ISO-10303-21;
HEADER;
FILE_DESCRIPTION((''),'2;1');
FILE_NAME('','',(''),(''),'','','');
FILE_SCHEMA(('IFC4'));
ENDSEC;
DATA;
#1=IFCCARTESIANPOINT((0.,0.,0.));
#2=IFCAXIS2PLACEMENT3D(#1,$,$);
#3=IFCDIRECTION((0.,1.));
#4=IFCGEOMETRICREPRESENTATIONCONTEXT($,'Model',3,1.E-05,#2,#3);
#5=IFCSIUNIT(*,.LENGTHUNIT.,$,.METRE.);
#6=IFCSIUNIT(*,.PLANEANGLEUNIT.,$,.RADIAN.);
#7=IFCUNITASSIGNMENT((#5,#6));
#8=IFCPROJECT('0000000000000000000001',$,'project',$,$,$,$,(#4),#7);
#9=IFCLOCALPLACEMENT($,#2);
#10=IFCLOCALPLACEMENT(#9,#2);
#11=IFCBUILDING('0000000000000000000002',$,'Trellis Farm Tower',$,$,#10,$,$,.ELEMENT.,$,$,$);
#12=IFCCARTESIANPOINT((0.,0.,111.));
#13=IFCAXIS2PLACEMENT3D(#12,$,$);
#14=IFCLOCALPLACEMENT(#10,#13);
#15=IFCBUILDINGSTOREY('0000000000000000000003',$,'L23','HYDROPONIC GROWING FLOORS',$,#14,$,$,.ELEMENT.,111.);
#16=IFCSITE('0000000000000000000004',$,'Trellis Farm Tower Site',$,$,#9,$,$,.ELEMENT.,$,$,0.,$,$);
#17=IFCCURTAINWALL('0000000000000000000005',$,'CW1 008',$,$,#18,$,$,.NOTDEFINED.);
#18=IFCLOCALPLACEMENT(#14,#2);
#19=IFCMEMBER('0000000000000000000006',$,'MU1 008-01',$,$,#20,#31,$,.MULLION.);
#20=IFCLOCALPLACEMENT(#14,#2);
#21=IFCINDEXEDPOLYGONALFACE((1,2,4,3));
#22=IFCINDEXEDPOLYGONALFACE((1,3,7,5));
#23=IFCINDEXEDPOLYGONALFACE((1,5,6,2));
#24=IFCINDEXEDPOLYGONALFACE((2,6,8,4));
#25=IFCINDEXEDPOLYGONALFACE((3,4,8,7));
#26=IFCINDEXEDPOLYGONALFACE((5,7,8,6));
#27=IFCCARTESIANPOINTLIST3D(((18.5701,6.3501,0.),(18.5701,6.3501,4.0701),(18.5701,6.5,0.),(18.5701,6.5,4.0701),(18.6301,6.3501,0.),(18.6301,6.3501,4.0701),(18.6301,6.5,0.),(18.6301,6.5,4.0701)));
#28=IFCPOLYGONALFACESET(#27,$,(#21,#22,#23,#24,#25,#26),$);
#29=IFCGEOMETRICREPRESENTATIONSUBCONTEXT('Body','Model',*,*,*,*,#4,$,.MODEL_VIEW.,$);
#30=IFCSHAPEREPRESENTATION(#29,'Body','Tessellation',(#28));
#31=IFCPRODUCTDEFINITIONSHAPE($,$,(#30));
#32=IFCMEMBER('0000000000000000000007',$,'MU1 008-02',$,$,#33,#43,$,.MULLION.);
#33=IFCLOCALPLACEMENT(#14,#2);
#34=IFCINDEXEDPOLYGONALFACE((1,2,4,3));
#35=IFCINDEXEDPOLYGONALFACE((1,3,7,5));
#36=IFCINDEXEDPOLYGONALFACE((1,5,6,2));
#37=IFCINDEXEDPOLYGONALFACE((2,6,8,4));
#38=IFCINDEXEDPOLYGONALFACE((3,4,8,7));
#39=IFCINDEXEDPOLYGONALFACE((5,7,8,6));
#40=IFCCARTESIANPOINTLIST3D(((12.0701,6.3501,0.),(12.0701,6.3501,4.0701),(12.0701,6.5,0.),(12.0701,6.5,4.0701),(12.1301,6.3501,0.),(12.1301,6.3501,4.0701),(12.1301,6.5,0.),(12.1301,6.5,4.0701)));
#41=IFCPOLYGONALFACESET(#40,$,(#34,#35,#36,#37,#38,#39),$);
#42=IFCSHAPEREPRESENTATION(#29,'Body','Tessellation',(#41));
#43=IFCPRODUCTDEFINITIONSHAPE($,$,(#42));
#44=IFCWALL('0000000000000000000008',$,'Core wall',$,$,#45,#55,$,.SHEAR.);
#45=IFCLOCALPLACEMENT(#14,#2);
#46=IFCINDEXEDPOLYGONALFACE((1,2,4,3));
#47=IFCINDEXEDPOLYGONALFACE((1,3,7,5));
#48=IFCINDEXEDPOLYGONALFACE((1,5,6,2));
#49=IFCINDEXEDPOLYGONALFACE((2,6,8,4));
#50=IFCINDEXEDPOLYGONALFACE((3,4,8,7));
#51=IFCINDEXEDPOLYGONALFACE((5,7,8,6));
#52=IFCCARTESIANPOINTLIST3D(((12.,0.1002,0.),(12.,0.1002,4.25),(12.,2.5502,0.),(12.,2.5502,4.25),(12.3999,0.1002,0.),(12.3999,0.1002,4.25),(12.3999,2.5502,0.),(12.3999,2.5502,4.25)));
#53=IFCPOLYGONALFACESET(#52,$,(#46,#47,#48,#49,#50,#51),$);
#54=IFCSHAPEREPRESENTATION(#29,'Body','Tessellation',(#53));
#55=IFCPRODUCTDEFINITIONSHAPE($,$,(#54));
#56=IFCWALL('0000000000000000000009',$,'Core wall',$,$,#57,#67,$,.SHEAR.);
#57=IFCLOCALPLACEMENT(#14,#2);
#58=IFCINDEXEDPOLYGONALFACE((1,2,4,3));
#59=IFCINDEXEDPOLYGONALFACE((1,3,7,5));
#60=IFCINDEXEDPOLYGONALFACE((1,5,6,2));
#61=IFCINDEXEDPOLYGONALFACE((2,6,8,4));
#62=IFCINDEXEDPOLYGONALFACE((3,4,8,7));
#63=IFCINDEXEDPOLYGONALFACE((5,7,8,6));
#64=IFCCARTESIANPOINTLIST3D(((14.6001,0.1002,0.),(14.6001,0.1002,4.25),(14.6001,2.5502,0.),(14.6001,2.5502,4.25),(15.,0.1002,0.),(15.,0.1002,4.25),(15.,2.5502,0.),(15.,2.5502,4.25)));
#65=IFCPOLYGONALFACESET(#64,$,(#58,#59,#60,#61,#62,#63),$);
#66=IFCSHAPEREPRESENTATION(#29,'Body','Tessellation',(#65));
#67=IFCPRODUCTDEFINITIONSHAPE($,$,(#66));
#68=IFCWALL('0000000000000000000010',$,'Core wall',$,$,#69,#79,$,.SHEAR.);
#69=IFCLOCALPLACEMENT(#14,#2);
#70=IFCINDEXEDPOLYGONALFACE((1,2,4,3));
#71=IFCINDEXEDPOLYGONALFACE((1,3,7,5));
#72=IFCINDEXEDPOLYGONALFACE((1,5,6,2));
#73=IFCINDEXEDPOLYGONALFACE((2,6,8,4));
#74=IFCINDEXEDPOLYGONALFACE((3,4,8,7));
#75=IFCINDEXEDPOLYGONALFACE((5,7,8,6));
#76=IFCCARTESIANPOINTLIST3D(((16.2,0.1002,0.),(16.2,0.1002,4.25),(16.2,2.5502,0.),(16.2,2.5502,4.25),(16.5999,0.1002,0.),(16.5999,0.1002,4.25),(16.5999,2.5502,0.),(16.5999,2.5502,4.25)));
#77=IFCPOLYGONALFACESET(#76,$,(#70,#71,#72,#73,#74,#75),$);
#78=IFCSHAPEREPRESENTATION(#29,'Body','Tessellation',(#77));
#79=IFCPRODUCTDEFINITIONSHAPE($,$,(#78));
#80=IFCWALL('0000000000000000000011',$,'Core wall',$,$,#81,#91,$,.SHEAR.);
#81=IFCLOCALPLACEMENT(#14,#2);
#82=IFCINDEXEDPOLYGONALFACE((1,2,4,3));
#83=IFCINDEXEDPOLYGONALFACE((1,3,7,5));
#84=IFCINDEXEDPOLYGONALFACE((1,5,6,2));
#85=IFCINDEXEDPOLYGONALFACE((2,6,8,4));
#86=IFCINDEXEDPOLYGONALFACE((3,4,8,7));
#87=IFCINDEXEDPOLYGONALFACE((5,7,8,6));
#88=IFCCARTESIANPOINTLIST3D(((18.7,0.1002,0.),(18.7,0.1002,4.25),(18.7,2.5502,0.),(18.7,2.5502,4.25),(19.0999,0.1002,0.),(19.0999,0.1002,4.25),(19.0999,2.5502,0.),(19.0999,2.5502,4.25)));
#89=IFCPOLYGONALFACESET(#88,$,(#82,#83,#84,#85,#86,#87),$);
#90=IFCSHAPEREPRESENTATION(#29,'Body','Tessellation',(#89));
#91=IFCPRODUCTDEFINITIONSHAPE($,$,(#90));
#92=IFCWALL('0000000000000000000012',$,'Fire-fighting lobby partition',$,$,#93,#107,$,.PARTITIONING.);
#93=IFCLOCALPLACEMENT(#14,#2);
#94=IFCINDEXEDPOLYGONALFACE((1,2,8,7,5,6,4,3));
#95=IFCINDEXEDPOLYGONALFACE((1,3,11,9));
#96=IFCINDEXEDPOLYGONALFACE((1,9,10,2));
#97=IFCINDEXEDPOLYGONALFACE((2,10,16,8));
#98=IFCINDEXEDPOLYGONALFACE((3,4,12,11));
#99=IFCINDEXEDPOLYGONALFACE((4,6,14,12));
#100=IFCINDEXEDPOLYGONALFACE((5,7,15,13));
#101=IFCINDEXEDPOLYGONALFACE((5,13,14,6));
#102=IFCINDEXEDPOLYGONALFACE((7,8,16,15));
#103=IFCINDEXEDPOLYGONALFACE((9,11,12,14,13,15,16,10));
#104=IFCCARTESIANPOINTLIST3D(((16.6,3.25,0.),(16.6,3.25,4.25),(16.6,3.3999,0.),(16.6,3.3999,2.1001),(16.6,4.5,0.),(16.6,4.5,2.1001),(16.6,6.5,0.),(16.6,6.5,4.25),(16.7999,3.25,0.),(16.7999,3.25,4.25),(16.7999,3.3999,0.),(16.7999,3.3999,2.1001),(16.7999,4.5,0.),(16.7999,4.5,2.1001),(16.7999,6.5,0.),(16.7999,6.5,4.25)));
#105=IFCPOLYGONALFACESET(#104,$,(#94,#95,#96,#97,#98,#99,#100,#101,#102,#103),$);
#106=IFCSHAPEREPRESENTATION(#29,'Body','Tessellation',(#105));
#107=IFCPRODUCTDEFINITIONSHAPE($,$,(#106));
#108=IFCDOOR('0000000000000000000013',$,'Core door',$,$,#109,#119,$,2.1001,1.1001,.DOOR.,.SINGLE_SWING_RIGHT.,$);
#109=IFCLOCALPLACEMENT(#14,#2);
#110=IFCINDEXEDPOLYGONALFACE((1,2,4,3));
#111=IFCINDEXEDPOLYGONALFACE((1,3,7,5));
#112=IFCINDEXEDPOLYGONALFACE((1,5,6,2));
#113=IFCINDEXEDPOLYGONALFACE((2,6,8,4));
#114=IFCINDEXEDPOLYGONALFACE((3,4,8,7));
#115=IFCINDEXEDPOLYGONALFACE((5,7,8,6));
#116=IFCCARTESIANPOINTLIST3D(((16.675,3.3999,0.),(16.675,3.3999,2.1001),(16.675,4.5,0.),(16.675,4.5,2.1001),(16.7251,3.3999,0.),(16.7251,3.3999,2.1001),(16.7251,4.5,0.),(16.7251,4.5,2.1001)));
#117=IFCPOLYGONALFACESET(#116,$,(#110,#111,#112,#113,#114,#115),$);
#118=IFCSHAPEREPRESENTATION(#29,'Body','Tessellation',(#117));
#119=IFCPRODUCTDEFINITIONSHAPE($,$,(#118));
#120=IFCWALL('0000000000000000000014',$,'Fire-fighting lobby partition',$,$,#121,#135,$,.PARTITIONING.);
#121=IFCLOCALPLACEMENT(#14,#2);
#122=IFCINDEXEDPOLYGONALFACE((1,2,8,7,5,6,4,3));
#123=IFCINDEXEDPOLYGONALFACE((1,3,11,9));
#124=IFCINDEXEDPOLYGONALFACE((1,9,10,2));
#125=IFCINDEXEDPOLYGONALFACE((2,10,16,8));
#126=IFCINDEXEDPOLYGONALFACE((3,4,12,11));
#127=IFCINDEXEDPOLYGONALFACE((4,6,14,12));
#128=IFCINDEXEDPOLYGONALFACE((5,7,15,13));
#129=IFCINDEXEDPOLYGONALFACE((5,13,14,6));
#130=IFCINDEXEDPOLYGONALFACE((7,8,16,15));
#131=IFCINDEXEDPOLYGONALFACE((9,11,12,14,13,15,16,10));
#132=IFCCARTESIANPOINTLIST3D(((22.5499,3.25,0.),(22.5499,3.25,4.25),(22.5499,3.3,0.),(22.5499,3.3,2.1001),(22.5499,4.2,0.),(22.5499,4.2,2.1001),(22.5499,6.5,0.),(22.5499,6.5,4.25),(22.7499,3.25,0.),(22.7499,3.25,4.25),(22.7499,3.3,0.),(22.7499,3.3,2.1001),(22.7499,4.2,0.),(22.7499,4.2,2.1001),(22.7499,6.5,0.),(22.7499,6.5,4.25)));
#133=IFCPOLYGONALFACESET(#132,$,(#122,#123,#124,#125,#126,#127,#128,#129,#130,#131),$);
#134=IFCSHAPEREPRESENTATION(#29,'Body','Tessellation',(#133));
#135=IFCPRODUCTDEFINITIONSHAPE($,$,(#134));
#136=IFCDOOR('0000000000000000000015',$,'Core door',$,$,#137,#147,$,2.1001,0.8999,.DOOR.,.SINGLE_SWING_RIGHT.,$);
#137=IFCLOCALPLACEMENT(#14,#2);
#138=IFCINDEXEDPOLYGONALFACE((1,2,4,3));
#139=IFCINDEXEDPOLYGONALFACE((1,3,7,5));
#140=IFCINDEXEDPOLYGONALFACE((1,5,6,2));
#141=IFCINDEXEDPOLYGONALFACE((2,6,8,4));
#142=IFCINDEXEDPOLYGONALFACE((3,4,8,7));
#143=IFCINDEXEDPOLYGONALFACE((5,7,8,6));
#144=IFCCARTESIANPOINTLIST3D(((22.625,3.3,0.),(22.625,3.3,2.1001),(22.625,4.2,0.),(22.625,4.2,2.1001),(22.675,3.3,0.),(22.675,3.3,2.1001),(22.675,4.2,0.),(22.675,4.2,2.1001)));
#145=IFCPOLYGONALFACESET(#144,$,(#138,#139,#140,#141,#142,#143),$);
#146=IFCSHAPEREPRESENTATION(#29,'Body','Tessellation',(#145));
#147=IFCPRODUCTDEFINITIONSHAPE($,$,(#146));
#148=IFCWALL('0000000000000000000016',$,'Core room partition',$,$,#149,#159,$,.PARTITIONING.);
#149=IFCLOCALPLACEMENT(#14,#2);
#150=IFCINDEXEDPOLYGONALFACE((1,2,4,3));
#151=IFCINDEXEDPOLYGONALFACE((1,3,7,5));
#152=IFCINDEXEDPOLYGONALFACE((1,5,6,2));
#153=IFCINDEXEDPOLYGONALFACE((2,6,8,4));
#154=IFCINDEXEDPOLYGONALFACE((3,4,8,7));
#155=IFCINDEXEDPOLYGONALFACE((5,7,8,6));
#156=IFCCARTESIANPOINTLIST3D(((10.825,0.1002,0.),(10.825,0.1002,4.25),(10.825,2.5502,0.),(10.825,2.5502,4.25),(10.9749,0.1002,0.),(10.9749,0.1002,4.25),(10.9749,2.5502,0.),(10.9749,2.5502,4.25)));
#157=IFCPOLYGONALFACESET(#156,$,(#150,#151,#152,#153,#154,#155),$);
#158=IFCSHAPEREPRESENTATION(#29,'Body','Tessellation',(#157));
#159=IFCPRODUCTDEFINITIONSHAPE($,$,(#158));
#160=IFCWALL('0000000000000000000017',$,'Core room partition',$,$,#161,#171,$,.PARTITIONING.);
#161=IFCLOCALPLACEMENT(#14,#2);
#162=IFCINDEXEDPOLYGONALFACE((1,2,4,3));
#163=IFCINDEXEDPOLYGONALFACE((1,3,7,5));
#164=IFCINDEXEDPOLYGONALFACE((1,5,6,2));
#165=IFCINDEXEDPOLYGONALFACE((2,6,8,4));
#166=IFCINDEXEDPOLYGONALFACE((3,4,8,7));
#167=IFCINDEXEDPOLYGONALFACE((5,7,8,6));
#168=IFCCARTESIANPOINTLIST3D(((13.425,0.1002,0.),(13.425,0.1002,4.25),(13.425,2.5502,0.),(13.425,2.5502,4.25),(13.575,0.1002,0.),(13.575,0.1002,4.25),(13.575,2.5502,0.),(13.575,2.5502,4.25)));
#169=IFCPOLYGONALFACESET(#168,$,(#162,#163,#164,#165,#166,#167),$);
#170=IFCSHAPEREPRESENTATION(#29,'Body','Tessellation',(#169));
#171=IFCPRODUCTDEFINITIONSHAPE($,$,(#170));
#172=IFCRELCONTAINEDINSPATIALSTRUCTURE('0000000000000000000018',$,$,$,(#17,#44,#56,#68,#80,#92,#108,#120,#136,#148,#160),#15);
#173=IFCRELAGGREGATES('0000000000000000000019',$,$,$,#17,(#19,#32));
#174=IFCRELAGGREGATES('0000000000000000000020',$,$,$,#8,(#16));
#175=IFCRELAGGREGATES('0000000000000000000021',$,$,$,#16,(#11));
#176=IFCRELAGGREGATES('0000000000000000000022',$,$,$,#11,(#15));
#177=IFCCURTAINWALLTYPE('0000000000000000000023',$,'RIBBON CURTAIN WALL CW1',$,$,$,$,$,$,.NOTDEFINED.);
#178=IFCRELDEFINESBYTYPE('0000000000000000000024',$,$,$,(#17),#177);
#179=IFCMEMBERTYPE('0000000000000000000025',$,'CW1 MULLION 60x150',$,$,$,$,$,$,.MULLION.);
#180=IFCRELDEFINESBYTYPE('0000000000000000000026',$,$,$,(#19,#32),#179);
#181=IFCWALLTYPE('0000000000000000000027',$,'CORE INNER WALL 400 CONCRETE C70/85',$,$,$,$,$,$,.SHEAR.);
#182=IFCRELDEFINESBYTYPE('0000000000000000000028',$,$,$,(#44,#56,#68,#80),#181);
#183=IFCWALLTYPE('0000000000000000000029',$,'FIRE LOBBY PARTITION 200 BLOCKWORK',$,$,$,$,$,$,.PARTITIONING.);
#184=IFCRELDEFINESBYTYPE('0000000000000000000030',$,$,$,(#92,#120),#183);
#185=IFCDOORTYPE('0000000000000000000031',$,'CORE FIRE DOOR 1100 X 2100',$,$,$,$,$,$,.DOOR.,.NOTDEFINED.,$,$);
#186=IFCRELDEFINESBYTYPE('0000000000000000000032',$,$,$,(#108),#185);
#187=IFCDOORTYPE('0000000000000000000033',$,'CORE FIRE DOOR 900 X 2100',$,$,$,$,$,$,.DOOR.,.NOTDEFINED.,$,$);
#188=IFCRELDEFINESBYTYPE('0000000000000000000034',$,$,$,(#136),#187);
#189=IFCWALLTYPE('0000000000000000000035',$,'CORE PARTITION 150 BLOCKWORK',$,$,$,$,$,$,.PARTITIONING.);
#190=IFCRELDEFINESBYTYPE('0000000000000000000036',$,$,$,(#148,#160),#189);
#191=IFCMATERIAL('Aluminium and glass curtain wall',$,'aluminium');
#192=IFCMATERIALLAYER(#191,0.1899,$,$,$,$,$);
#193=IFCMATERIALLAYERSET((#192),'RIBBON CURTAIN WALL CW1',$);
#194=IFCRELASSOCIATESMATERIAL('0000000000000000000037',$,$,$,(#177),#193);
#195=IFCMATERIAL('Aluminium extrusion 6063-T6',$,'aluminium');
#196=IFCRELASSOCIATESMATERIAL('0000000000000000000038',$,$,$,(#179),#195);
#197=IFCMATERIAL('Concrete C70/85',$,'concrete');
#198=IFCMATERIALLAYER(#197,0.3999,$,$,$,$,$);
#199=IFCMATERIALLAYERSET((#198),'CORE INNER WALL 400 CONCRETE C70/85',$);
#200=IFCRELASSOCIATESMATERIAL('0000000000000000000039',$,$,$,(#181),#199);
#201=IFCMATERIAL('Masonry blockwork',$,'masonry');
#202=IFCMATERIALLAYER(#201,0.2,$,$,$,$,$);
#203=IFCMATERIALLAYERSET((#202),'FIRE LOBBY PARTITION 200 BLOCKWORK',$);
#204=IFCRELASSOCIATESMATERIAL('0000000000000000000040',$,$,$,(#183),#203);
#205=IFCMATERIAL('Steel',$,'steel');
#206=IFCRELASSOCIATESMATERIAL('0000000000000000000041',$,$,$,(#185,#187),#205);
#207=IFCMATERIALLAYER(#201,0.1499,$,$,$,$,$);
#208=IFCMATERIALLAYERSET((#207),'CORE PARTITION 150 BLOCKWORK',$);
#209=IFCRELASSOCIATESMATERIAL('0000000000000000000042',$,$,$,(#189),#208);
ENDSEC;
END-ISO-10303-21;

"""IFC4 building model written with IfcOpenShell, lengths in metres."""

from ifc_helpers import new_model, si_unit, direction, frame, frame_2d, origin, origin_2d, place, context, subcontext, project, spatial, rectangle, extrude, source, transform, mapped, material, layer, layer_set, material_profile, profile_set, type_object, element, fill, aggregate, save


model = new_model("IFC4")

# Units and contexts
model_context = context("Model", 3, precision=1e-05, world=origin(), true_north=direction((0.0, 1.0)))
body_context = subcontext(model_context, "Body", "Model", "MODEL_VIEW")
ifc_project = project(units=[si_unit("LENGTHUNIT", "METRE"), si_unit("PLANEANGLEUNIT", "RADIAN")], contexts=[model_context])

# Site, building, storey
site_placement = place(None, origin())
site = spatial("IfcSite", under=ifc_project, at=site_placement, Name="Trellis Farm Tower Site", CompositionType="ELEMENT", RefElevation=0.0)
building_placement = place(site_placement, origin())
building = spatial("IfcBuilding", under=site, at=building_placement, Name="Trellis Farm Tower", CompositionType="ELEMENT")
storey_placement = place(building_placement, frame((0.0, 0.0, 111.0)))
storey = spatial("IfcBuildingStorey", under=building, at=storey_placement, Name="L23", Description="HYDROPONIC GROWING FLOORS", CompositionType="ELEMENT", Elevation=111.0)

# Curtain wall, members
ifc_material_1 = material(Name="Aluminium and glass curtain wall", Category="aluminium")
ifc_layer_1 = layer(ifc_material_1, 0.1899)
ifc_layer_set_1 = layer_set([ifc_layer_1], Name="RIBBON CURTAIN WALL CW1")
curtain_wall_type = type_object("IfcCurtainWallType", Name="RIBBON CURTAIN WALL CW1", PredefinedType="NOTDEFINED", material=ifc_layer_set_1)
placement = place(storey_placement, origin())
ifc_material_2 = material(Name="Aluminium extrusion 6063-T6", Category="aluminium")
ifc_material_profile_1 = material_profile(ifc_material_2, rectangle(XDim=0.0601, YDim=0.1499, at=origin_2d()), Name="MULLION 60x150")
ifc_profile_set_1 = profile_set([ifc_material_profile_1], Name="Aluminium extrusion 6063-T6")
member_type = type_object("IfcMemberType", Name="CW1 MULLION 60x150", PredefinedType="MULLION", material=ifc_profile_set_1)
shared_shape_1 = source(origin(), body_context, "Body", "SweptSolid", [
    extrude(rectangle(XDim=0.0601, YDim=0.1499, at=origin_2d()), origin(), (0.0, 0.0, 1.0), 4.0701),
])
curtain_wall_1 = element("IfcCurtainWall", 1, at=placement, inside=storey, type_object=curtain_wall_type, Name="CW1 008", PredefinedType="NOTDEFINED")
member_1_placement = place(storey_placement, frame((18.6001, 6.425, 0.0), z_axis=(0.0, 0.0, 1.0), x_axis=(-1.0, 0.0, 0.0)))
member_1 = element("IfcMember", 2, at=member_1_placement, type_object=member_type, Name="MU1 008-01", PredefinedType="MULLION", context=body_context, shape_type="MappedRepresentation", body=[
    mapped(shared_shape_1, transform((0.0, 0.0, 0.0))),
])
member_2_placement = place(storey_placement, frame((12.1001, 6.425, 0.0), z_axis=(0.0, 0.0, 1.0), x_axis=(-1.0, 0.0, 0.0)))
member_2 = element("IfcMember", 3, at=member_2_placement, type_object=member_type, Name="MU1 008-02", PredefinedType="MULLION", context=body_context, shape_type="MappedRepresentation", body=[
    mapped(shared_shape_1, transform((0.0, 0.0, 0.0))),
])
aggregate(curtain_wall_1, [member_1, member_2])

# Walls
ifc_material_3 = material(Name="Concrete C70/85", Category="concrete")
ifc_layer_2 = layer(ifc_material_3, 0.3999)
ifc_layer_set_2 = layer_set([ifc_layer_2], Name="CORE INNER WALL 400 CONCRETE C70/85")
wall_type_1 = type_object("IfcWallType", Name="CORE INNER WALL 400 CONCRETE C70/85", PredefinedType="SHEAR", material=ifc_layer_set_2)
shared_shape_2 = source(origin(), body_context, "Body", "SweptSolid", [
    extrude(rectangle(XDim=2.45, YDim=0.3999, at=frame_2d((1.2251, 0.0))), origin(), (0.0, 0.0, 1.0), 4.25),
])
for number, where, z_axis, x_axis, name in (
    (4, (12.2, 0.1001, 0.0), (0.0, 0.0, 1.0), (0.0, 1.0, 0.0), "Core wall"),
    (5, (14.8, 0.1001, 0.0), (0.0, 0.0, 1.0), (0.0, 1.0, 0.0), "Core wall"),
    (6, (16.3999, 0.1001, 0.0), (0.0, 0.0, 1.0), (0.0, 1.0, 0.0), "Core wall"),
    (7, (18.8999, 0.1001, 0.0), (0.0, 0.0, 1.0), (0.0, 1.0, 0.0), "Core wall"),
):
    element("IfcWall", number, at=place(storey_placement, frame(where, z_axis=z_axis, x_axis=x_axis)), inside=storey, type_object=wall_type_1, Name=name, PredefinedType="SHEAR", context=body_context, shape_type="MappedRepresentation", body=[
        mapped(shared_shape_2, transform((0.0, 0.0, 0.0))),
    ])

# Walls, openings, doors
ifc_material_4 = material(Name="Masonry blockwork", Category="masonry")
ifc_layer_3 = layer(ifc_material_4, 0.2)
ifc_layer_set_3 = layer_set([ifc_layer_3], Name="FIRE LOBBY PARTITION 200 BLOCKWORK")
wall_type_2 = type_object("IfcWallType", Name="FIRE LOBBY PARTITION 200 BLOCKWORK", PredefinedType="PARTITIONING", material=ifc_layer_set_3)
shared_shape_3 = source(origin(), body_context, "Body", "SweptSolid", [
    extrude(rectangle(XDim=3.25, YDim=0.2, at=frame_2d((1.625, 0.0))), origin(), (0.0, 0.0, 1.0), 4.25),
])
wall_1_placement = place(storey_placement, frame((16.7, 3.25, 0.0), z_axis=(0.0, 0.0, 1.0), x_axis=(0.0, 1.0, 0.0)))
wall_1 = element("IfcWall", 8, at=wall_1_placement, inside=storey, type_object=wall_type_2, Name="Fire-fighting lobby partition", PredefinedType="PARTITIONING", context=body_context, shape_type="MappedRepresentation", body=[
    mapped(shared_shape_3, transform((0.0, 0.0, 0.0))),
])
shared_shape_4 = source(origin(), body_context, "Body", "SweptSolid", [
    extrude(rectangle(XDim=1.1001, YDim=2.1001, at=frame_2d((0.55, 1.05))), frame((0.0, 0.1101, 0.0), z_axis=(0.0, -1.0, 0.0), x_axis=(1.0, 0.0, 0.0)), (0.0, 0.0, 1.0), 0.2202),
])
opening_1_placement = place(wall_1_placement, frame((0.1499, 0.0, 0.0)))
opening_1 = element("IfcOpeningElement", 9, at=opening_1_placement, cuts=wall_1, PredefinedType="OPENING", context=body_context, shape_type="MappedRepresentation", body=[
    mapped(shared_shape_4, transform((0.0, 0.0, 0.0))),
])
ifc_material_5 = material(Name="Steel", Category="steel")
door_type_1 = type_object("IfcDoorType", Name="CORE FIRE DOOR 1100 X 2100", OperationType="NOTDEFINED", PredefinedType="DOOR", material=ifc_material_5)
shared_shape_5 = source(origin(), body_context, "Body", "SweptSolid", [
    extrude(rectangle(XDim=1.1001, YDim=2.1001, at=frame_2d((0.55, 1.05))), frame((0.0, 0.0249, 0.0), z_axis=(0.0, -1.0, 0.0), x_axis=(1.0, 0.0, 0.0)), (0.0, 0.0, 1.0), 0.05),
])
door_1_placement = place(opening_1_placement, origin())
door_1 = element("IfcDoor", 10, at=door_1_placement, inside=storey, type_object=door_type_1, Name="Core door", OperationType="SINGLE_SWING_RIGHT", OverallHeight=2.1001, OverallWidth=1.1001, PredefinedType="DOOR", context=body_context, shape_type="MappedRepresentation", body=[
    mapped(shared_shape_5, transform((0.0, 0.0, 0.0))),
])
fill(opening_1, door_1)
wall_2_placement = place(storey_placement, frame((22.6499, 3.25, 0.0), z_axis=(0.0, 0.0, 1.0), x_axis=(0.0, 1.0, 0.0)))
wall_2 = element("IfcWall", 11, at=wall_2_placement, inside=storey, type_object=wall_type_2, Name="Fire-fighting lobby partition", PredefinedType="PARTITIONING", context=body_context, shape_type="MappedRepresentation", body=[
    mapped(shared_shape_3, transform((0.0, 0.0, 0.0))),
])
shared_shape_6 = source(origin(), body_context, "Body", "SweptSolid", [
    extrude(rectangle(XDim=0.8999, YDim=2.1001, at=frame_2d((0.45, 1.05))), frame((0.0, 0.1101, 0.0), z_axis=(0.0, -1.0, 0.0), x_axis=(1.0, 0.0, 0.0)), (0.0, 0.0, 1.0), 0.2202),
])
opening_2_placement = place(wall_2_placement, frame((0.05, 0.0, 0.0)))
opening_2 = element("IfcOpeningElement", 12, at=opening_2_placement, cuts=wall_2, PredefinedType="OPENING", context=body_context, shape_type="MappedRepresentation", body=[
    mapped(shared_shape_6, transform((0.0, 0.0, 0.0))),
])
door_type_2 = type_object("IfcDoorType", Name="CORE FIRE DOOR 900 X 2100", OperationType="NOTDEFINED", PredefinedType="DOOR", material=ifc_material_5)
shared_shape_7 = source(origin(), body_context, "Body", "SweptSolid", [
    extrude(rectangle(XDim=0.8999, YDim=2.1001, at=frame_2d((0.45, 1.05))), frame((0.0, 0.0249, 0.0), z_axis=(0.0, -1.0, 0.0), x_axis=(1.0, 0.0, 0.0)), (0.0, 0.0, 1.0), 0.05),
])
door_2_placement = place(opening_2_placement, origin())
door_2 = element("IfcDoor", 13, at=door_2_placement, inside=storey, type_object=door_type_2, Name="Core door", OperationType="SINGLE_SWING_RIGHT", OverallHeight=2.1001, OverallWidth=0.8999, PredefinedType="DOOR", context=body_context, shape_type="MappedRepresentation", body=[
    mapped(shared_shape_7, transform((0.0, 0.0, 0.0))),
])
fill(opening_2, door_2)

# Walls
ifc_layer_4 = layer(ifc_material_4, 0.1499)
ifc_layer_set_4 = layer_set([ifc_layer_4], Name="CORE PARTITION 150 BLOCKWORK")
wall_type_3 = type_object("IfcWallType", Name="CORE PARTITION 150 BLOCKWORK", PredefinedType="PARTITIONING", material=ifc_layer_set_4)
shared_shape_8 = source(origin(), body_context, "Body", "SweptSolid", [
    extrude(rectangle(XDim=2.45, YDim=0.1499, at=frame_2d((1.2251, 0.0))), origin(), (0.0, 0.0, 1.0), 4.25),
])
for number, where, z_axis, x_axis, name in (
    (14, (10.8999, 0.1001, 0.0), (0.0, 0.0, 1.0), (0.0, 1.0, 0.0), "Core room partition"),
    (15, (13.5, 0.1001, 0.0), (0.0, 0.0, 1.0), (0.0, 1.0, 0.0), "Core room partition"),
):
    element("IfcWall", number, at=place(storey_placement, frame(where, z_axis=z_axis, x_axis=x_axis)), inside=storey, type_object=wall_type_3, Name=name, PredefinedType="PARTITIONING", context=body_context, shape_type="MappedRepresentation", body=[
        mapped(shared_shape_8, transform((0.0, 0.0, 0.0))),
    ])

save(model, "model.ifc")
